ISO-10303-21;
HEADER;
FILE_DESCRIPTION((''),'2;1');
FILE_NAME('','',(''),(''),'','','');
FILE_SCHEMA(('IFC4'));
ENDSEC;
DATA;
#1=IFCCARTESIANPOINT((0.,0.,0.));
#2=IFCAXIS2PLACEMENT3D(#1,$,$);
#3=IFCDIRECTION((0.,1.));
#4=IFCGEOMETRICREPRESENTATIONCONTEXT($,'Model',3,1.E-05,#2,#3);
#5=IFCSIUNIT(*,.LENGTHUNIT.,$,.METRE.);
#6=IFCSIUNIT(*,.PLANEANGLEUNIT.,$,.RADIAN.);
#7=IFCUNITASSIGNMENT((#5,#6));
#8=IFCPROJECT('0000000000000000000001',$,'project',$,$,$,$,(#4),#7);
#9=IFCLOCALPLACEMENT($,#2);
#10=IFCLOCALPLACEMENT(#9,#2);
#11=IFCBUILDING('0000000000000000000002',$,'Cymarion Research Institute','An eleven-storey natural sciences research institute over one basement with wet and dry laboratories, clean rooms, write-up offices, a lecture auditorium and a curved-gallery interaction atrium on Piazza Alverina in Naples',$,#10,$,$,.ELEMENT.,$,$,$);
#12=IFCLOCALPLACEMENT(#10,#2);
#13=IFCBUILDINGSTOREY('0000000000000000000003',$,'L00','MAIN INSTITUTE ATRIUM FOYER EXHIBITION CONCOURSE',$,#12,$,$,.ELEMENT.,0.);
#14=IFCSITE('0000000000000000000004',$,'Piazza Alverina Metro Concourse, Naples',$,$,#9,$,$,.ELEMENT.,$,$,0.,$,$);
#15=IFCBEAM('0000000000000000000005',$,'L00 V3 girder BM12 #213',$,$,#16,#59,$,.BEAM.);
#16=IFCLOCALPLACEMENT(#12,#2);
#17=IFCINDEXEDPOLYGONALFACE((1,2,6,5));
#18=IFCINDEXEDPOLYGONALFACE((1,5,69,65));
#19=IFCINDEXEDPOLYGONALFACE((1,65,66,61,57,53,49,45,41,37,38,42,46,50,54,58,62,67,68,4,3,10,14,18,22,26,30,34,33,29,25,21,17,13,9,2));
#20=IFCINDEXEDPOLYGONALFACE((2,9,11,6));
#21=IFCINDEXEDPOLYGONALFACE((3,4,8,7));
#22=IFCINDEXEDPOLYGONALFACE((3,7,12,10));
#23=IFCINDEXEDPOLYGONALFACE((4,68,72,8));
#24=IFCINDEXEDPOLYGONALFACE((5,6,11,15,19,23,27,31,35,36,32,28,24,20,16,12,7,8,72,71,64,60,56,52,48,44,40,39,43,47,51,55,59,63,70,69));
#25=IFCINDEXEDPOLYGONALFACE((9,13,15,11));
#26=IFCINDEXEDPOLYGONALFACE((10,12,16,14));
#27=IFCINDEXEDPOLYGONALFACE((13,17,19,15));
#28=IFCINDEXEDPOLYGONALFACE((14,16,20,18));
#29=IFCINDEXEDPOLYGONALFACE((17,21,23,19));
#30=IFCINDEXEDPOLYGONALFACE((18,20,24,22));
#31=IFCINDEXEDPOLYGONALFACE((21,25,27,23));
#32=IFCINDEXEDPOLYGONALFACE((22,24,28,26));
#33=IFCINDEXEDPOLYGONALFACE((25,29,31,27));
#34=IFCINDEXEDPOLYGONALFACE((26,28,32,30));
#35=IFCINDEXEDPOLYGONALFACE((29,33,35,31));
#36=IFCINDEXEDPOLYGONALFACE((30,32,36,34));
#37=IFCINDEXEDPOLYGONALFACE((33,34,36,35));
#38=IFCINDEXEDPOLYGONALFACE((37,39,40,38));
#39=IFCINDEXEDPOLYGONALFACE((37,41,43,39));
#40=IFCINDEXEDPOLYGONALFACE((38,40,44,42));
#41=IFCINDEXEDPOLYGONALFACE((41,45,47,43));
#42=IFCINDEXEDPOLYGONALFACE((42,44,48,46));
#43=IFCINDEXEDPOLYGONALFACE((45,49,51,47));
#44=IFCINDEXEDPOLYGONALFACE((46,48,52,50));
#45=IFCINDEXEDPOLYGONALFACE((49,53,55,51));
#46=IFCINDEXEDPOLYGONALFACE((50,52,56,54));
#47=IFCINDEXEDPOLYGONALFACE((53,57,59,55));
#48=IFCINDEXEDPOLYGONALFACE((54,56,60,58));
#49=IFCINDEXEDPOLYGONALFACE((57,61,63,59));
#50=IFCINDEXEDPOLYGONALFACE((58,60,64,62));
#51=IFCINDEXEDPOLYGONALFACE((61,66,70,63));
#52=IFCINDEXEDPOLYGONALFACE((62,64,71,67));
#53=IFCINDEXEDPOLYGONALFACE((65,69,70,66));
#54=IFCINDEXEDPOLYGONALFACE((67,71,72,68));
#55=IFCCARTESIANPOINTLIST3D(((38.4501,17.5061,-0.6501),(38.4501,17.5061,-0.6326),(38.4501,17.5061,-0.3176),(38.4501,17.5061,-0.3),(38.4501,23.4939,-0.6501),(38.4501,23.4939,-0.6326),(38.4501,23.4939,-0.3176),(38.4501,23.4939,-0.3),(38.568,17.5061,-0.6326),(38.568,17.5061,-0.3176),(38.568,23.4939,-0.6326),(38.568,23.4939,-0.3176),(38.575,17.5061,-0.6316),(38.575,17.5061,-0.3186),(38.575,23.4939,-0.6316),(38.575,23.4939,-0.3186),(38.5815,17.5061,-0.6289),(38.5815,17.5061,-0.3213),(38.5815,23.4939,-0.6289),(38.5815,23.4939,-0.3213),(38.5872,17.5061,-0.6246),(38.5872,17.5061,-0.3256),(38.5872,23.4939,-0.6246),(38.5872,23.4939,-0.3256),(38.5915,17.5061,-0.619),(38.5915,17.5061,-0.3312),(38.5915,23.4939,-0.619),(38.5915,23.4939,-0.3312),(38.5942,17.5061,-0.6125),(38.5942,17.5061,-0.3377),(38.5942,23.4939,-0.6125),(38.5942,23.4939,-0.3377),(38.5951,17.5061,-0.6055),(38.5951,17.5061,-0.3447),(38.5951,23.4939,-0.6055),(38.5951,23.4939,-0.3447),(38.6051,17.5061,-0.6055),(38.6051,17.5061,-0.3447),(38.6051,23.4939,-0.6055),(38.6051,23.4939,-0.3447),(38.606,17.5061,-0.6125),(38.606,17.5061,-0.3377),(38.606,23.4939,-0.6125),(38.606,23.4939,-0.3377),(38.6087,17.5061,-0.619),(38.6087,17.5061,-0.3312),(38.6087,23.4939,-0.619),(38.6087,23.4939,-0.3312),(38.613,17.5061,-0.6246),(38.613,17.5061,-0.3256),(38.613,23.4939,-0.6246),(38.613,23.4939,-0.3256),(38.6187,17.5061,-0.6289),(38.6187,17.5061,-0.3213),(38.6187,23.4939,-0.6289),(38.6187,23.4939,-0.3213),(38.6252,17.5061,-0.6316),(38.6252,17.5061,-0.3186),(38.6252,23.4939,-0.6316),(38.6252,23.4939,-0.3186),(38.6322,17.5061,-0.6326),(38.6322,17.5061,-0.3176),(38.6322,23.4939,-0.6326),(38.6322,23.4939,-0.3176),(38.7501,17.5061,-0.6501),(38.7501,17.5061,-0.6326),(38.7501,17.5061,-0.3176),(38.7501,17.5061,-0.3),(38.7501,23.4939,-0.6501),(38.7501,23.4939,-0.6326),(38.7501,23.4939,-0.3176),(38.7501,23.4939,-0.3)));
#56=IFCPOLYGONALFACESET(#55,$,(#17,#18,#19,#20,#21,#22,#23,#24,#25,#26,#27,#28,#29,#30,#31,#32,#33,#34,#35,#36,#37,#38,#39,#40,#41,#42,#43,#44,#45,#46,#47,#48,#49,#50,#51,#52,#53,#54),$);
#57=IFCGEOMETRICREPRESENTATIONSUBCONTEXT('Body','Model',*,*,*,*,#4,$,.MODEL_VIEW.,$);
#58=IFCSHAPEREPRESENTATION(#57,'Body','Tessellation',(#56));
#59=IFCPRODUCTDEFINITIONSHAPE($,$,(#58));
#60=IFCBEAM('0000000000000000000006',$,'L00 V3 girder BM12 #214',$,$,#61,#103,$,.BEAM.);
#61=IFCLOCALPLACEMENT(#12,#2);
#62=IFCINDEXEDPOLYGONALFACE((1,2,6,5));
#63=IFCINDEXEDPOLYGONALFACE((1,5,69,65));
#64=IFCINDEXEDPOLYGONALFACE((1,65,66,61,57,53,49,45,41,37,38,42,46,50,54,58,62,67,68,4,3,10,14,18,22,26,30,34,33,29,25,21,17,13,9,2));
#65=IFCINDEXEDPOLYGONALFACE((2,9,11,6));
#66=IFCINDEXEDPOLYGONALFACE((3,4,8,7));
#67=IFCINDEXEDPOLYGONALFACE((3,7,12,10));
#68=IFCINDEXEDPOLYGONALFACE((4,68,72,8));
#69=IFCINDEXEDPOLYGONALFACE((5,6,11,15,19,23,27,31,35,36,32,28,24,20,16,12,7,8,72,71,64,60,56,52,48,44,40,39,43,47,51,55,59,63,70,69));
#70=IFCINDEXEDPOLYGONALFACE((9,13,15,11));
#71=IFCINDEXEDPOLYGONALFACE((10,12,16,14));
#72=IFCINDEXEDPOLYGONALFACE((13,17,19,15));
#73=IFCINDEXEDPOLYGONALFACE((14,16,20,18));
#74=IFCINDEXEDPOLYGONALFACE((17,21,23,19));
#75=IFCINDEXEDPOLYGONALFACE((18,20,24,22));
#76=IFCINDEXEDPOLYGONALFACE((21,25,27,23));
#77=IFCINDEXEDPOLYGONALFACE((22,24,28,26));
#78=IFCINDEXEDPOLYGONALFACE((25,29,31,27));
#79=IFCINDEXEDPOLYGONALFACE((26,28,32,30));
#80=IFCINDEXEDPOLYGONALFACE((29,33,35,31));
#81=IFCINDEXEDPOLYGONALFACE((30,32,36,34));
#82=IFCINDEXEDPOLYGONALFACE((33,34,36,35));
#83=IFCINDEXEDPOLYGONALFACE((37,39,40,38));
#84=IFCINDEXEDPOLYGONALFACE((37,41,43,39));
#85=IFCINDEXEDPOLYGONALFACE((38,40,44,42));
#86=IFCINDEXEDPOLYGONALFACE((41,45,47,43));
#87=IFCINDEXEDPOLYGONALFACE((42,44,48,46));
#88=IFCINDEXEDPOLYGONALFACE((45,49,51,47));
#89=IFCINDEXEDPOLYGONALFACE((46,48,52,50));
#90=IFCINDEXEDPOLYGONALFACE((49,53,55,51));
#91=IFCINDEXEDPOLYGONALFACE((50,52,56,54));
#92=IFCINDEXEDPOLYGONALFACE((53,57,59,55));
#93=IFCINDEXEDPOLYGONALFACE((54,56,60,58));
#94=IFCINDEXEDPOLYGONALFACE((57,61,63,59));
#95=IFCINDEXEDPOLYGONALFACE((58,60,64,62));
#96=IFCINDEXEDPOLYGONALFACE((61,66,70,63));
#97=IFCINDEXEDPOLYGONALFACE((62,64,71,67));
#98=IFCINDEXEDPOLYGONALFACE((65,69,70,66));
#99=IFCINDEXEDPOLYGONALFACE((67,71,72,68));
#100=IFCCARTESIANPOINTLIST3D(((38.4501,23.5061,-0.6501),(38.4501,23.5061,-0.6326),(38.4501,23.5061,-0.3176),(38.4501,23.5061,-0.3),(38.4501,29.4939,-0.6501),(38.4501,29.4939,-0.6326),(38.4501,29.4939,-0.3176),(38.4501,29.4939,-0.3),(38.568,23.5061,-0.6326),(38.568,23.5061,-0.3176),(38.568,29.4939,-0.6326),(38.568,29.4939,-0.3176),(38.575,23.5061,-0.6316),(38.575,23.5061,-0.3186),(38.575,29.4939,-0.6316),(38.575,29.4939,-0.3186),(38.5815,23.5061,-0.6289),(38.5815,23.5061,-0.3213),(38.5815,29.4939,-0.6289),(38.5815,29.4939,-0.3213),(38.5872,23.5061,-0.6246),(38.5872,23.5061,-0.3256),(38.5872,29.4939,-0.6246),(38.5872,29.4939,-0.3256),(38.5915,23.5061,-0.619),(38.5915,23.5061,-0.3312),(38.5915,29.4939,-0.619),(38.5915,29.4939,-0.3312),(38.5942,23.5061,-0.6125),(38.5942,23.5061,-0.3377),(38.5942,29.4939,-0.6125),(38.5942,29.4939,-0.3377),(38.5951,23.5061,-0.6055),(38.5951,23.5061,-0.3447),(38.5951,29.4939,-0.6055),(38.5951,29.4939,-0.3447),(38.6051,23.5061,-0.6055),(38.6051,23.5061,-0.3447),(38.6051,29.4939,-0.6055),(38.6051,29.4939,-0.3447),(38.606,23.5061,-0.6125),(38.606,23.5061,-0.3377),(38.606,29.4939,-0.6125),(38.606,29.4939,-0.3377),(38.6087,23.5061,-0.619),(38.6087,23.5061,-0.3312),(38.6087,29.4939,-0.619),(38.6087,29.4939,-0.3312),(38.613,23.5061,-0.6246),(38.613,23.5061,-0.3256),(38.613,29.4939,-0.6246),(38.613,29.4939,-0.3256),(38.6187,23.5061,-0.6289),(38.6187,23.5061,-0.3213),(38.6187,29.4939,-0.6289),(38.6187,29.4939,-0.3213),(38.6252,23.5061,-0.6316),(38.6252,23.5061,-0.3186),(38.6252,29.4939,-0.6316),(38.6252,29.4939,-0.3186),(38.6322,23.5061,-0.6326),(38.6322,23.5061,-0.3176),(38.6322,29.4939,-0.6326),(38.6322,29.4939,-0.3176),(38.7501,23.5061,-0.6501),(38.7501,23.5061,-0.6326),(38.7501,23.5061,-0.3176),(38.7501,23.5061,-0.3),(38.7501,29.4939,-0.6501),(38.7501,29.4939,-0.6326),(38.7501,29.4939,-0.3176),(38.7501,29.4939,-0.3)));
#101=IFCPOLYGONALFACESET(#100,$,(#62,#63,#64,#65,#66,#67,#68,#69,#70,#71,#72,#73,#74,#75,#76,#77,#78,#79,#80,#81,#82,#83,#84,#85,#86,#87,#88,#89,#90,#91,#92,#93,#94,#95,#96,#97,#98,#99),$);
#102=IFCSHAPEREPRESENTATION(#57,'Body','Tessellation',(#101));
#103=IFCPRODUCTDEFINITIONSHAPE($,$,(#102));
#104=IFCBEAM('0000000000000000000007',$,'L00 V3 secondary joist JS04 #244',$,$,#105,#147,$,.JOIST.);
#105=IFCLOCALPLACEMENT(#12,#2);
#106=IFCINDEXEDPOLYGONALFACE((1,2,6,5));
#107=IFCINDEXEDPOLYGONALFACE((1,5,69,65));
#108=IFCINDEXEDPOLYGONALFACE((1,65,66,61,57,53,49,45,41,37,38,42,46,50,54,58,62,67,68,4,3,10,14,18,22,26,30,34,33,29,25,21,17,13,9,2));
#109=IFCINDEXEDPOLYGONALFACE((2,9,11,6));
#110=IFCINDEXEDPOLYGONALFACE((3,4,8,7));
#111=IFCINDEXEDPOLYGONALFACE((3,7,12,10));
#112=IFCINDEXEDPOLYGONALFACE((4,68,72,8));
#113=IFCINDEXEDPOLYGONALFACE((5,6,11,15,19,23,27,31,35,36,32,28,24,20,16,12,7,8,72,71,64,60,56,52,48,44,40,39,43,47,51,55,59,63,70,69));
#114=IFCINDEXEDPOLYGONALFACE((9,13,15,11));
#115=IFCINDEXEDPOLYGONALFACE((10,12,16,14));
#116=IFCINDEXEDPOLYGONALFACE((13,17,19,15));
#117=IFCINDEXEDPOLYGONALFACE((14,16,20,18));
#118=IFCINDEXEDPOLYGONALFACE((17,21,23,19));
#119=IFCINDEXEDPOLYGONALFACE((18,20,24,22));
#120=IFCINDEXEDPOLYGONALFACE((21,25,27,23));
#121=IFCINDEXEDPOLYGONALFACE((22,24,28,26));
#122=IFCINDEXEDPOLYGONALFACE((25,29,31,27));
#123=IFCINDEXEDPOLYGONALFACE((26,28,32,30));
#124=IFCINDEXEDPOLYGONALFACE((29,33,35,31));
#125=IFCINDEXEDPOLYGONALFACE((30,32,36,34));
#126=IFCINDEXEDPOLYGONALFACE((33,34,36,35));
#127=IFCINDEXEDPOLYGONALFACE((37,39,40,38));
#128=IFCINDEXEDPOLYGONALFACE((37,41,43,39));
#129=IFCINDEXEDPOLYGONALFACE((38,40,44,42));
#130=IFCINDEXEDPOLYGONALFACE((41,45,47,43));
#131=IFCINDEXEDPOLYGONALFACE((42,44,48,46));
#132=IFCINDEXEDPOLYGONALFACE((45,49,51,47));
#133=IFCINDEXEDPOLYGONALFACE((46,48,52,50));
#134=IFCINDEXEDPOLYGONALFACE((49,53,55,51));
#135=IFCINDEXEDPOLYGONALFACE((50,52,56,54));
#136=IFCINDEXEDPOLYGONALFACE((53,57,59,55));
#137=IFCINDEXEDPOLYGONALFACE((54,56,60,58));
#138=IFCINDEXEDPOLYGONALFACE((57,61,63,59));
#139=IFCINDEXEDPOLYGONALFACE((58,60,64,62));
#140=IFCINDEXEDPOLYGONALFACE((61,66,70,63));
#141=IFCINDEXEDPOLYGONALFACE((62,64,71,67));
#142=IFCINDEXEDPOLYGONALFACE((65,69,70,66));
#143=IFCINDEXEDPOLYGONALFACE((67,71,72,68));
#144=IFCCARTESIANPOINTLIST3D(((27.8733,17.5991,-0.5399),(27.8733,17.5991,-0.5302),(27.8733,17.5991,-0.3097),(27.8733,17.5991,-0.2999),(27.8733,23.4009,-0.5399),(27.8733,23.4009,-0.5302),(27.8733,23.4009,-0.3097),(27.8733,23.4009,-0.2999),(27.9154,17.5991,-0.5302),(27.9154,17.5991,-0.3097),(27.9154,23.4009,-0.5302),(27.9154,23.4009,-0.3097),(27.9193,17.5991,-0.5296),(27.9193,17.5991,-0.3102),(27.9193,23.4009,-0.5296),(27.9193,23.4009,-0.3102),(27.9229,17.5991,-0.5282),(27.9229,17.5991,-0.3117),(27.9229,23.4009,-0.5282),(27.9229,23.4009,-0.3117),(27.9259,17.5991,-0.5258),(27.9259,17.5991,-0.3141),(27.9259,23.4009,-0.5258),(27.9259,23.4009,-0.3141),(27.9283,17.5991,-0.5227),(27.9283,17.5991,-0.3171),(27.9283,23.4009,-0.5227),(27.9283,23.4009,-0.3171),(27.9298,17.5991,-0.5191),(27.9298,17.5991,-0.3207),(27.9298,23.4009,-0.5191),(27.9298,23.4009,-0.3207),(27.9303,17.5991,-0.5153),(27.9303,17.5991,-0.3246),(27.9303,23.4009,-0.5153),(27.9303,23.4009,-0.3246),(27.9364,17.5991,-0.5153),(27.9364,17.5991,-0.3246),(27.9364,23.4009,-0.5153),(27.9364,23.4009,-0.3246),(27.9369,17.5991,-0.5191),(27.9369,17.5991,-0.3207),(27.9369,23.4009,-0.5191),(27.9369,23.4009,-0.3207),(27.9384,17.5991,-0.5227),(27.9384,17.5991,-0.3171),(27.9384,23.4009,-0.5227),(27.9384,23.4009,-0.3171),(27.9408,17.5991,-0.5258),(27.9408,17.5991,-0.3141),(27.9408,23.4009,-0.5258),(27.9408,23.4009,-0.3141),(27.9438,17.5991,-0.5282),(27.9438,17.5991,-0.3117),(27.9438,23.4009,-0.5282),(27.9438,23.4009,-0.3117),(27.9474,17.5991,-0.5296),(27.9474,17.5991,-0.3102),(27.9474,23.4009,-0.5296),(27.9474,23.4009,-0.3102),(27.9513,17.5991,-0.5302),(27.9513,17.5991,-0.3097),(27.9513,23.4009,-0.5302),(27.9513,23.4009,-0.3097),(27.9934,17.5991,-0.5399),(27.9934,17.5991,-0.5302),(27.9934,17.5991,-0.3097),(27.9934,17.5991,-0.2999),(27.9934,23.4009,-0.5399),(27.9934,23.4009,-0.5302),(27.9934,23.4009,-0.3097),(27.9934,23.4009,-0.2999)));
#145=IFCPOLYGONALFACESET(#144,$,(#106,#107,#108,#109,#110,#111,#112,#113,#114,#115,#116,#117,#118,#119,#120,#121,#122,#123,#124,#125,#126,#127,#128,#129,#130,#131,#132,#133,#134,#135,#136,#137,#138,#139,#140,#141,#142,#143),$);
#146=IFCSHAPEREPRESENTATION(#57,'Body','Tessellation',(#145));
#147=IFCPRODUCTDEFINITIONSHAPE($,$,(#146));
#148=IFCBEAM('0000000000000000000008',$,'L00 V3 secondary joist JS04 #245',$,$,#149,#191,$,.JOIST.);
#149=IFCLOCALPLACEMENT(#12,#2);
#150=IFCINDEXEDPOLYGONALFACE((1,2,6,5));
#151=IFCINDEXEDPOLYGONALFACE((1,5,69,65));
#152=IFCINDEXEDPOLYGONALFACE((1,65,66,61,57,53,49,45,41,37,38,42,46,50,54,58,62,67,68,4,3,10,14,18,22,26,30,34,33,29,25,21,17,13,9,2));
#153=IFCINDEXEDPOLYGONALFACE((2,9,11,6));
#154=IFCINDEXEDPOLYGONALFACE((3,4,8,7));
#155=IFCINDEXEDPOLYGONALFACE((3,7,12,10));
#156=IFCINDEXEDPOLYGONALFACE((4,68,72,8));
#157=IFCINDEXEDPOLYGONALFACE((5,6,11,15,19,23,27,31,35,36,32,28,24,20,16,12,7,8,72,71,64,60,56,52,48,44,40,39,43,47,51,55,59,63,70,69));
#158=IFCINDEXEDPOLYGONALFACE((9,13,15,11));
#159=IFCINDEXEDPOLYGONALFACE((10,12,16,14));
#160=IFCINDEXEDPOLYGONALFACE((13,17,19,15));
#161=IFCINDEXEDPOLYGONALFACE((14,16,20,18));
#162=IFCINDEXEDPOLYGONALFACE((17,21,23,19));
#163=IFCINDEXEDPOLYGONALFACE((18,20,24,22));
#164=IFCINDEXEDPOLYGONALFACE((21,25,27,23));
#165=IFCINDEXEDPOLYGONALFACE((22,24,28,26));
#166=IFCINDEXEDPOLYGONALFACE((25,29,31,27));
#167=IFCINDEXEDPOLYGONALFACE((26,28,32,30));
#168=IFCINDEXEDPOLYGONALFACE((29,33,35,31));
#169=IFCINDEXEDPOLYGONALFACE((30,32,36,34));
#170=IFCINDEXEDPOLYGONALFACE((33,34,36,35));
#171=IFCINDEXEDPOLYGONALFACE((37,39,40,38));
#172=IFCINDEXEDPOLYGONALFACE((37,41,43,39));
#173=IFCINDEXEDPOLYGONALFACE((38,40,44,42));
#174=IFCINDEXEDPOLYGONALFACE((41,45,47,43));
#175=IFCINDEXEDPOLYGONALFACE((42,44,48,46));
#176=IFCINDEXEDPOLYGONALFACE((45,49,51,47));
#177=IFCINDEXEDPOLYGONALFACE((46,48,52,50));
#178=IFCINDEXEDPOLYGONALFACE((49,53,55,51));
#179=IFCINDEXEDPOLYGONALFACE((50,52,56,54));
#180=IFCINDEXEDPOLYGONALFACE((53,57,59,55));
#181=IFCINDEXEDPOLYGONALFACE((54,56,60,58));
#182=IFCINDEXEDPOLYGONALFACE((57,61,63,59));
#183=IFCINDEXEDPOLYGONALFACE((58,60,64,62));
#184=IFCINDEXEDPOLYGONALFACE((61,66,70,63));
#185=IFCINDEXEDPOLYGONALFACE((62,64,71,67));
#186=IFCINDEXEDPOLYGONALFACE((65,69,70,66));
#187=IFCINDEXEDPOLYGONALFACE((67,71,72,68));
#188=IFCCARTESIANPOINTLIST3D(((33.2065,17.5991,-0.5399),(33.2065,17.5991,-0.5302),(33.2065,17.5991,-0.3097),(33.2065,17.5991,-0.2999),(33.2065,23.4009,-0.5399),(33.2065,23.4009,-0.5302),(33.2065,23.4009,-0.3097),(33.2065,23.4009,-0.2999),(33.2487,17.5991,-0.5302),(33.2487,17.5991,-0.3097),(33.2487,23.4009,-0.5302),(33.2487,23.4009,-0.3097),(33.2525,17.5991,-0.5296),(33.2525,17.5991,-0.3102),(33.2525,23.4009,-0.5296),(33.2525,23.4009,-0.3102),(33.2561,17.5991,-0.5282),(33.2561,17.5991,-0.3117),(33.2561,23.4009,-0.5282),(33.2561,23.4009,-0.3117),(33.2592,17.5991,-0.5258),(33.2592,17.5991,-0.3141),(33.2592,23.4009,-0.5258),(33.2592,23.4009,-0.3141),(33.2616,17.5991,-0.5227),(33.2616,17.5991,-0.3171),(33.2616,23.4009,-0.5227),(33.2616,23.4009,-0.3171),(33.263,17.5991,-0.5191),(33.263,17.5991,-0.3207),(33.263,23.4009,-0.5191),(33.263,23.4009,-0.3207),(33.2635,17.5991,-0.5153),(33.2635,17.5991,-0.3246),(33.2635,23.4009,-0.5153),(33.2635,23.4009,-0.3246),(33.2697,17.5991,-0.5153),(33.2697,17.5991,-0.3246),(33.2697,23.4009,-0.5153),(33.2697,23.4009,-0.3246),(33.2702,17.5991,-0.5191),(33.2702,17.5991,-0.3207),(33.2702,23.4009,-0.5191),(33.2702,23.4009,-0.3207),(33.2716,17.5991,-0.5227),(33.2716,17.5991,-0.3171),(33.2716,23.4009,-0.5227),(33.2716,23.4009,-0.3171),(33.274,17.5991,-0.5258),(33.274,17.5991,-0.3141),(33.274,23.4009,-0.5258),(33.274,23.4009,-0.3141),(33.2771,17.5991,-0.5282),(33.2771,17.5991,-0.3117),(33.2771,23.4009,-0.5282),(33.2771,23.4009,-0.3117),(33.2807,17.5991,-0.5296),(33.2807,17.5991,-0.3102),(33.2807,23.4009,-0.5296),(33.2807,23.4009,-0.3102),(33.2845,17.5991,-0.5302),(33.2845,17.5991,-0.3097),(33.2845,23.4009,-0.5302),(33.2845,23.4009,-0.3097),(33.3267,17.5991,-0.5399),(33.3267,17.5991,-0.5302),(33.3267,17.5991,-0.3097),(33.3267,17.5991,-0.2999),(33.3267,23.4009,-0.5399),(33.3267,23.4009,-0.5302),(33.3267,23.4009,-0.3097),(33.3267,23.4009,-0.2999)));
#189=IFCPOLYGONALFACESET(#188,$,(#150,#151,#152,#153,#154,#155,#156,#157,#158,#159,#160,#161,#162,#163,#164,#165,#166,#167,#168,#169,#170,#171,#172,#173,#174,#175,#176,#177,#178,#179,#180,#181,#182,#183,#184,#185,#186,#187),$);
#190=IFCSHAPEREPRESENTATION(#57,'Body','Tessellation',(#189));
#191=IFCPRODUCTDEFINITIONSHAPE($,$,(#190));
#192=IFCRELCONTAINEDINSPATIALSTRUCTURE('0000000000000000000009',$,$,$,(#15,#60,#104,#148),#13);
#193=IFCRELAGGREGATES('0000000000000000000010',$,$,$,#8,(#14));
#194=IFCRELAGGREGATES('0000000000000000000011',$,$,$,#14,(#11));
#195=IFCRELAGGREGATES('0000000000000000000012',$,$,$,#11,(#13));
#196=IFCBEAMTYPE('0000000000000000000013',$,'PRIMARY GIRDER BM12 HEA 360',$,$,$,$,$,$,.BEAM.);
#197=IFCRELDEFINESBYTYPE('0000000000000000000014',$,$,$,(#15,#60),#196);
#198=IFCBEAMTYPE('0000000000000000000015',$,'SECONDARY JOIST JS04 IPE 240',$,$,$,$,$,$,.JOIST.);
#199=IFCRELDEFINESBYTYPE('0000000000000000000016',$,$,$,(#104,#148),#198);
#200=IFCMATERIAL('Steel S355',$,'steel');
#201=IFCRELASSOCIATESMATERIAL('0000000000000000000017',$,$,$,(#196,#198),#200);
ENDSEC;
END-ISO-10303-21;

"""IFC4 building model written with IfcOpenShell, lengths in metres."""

from ifc_helpers import new_model, si_unit, direction, frame, origin, origin_2d, place, context, subcontext, project, spatial, i_section, extrude, material, material_profile, profile_set, type_object, element, save


model = new_model("IFC4")

# Units and contexts
model_context = context("Model", 3, precision=1e-05, world=origin(), true_north=direction((0.0, 1.0)))
body_context = subcontext(model_context, "Body", "Model", "MODEL_VIEW")
ifc_project = project(units=[si_unit("LENGTHUNIT", "METRE"), si_unit("PLANEANGLEUNIT", "RADIAN")], contexts=[model_context])

# Site, building, storey
site_placement = place(None, origin())
site = spatial("IfcSite", under=ifc_project, at=site_placement, Name="Piazza Alverina Metro Concourse, Naples", CompositionType="ELEMENT", RefElevation=0.0)
building_placement = place(site_placement, origin())
building = spatial("IfcBuilding", under=site, at=building_placement, Name="Cymarion Research Institute", Description="An eleven-storey natural sciences research institute over one basement with wet and dry laboratories, clean rooms, write-up offices, a lecture auditorium and a curved-gallery interaction atrium on Piazza Alverina in Naples", CompositionType="ELEMENT")
storey_placement = place(building_placement, origin())
storey = spatial("IfcBuildingStorey", under=building, at=storey_placement, Name="L00", Description="MAIN INSTITUTE ATRIUM FOYER EXHIBITION CONCOURSE", CompositionType="ELEMENT", Elevation=0.0)

# Shared definitions
ifc_material_1 = material(Name="Steel S355", Category="steel")

# Beams
ifc_material_profile_1 = material_profile(ifc_material_1, i_section(OverallWidth=0.3, OverallDepth=0.3501, WebThickness=0.01, FlangeThickness=0.0176, FilletRadius=0.0271, at=origin_2d()), Name="HEA 360")
ifc_profile_set_1 = profile_set([ifc_material_profile_1], Name="Steel S355")
beam_type_1 = type_object("IfcBeamType", Name="PRIMARY GIRDER BM12 HEA 360", PredefinedType="BEAM", material=ifc_profile_set_1)
for number, where, z_axis, x_axis, name in (
    (1, (38.6001, 17.5061, -0.4751), (0.0, 1.0, 0.0), (-1.0, 0.0, 0.0), "L00 V3 girder BM12 #213"),
    (2, (38.6001, 23.5061, -0.4751), (0.0, 1.0, 0.0), (-1.0, 0.0, 0.0), "L00 V3 girder BM12 #214"),
):
    element("IfcBeam", number, at=place(storey_placement, frame(where, z_axis=z_axis, x_axis=x_axis)), inside=storey, type_object=beam_type_1, Name=name, PredefinedType="BEAM", context=body_context, shape_type="SweptSolid", body=[
        extrude(i_section(OverallWidth=0.3, OverallDepth=0.3501, WebThickness=0.01, FlangeThickness=0.0176, FilletRadius=0.0271, at=origin_2d()), origin(), (0.0, 0.0, 1.0), 5.9878),
    ])
ifc_material_profile_2 = material_profile(ifc_material_1, i_section(OverallWidth=0.1201, OverallDepth=0.24, WebThickness=0.0061, FlangeThickness=0.0098, FilletRadius=0.0149, at=origin_2d()), Name="IPE 240")
ifc_profile_set_2 = profile_set([ifc_material_profile_2], Name="Steel S355")
beam_type_2 = type_object("IfcBeamType", Name="SECONDARY JOIST JS04 IPE 240", PredefinedType="JOIST", material=ifc_profile_set_2)
for number, where, z_axis, x_axis, name in (
    (3, (27.9333, 17.5991, -0.4199), (0.0, 1.0, 0.0), (-1.0, 0.0, 0.0), "L00 V3 secondary joist JS04 #244"),
    (4, (33.2666, 17.5991, -0.4199), (0.0, 1.0, 0.0), (-1.0, 0.0, 0.0), "L00 V3 secondary joist JS04 #245"),
):
    element("IfcBeam", number, at=place(storey_placement, frame(where, z_axis=z_axis, x_axis=x_axis)), inside=storey, type_object=beam_type_2, Name=name, PredefinedType="JOIST", context=body_context, shape_type="SweptSolid", body=[
        extrude(i_section(OverallWidth=0.1201, OverallDepth=0.24, WebThickness=0.0061, FlangeThickness=0.0098, FilletRadius=0.0149, at=origin_2d()), origin(), (0.0, 0.0, 1.0), 5.8018),
    ])

save(model, "model.ifc")
